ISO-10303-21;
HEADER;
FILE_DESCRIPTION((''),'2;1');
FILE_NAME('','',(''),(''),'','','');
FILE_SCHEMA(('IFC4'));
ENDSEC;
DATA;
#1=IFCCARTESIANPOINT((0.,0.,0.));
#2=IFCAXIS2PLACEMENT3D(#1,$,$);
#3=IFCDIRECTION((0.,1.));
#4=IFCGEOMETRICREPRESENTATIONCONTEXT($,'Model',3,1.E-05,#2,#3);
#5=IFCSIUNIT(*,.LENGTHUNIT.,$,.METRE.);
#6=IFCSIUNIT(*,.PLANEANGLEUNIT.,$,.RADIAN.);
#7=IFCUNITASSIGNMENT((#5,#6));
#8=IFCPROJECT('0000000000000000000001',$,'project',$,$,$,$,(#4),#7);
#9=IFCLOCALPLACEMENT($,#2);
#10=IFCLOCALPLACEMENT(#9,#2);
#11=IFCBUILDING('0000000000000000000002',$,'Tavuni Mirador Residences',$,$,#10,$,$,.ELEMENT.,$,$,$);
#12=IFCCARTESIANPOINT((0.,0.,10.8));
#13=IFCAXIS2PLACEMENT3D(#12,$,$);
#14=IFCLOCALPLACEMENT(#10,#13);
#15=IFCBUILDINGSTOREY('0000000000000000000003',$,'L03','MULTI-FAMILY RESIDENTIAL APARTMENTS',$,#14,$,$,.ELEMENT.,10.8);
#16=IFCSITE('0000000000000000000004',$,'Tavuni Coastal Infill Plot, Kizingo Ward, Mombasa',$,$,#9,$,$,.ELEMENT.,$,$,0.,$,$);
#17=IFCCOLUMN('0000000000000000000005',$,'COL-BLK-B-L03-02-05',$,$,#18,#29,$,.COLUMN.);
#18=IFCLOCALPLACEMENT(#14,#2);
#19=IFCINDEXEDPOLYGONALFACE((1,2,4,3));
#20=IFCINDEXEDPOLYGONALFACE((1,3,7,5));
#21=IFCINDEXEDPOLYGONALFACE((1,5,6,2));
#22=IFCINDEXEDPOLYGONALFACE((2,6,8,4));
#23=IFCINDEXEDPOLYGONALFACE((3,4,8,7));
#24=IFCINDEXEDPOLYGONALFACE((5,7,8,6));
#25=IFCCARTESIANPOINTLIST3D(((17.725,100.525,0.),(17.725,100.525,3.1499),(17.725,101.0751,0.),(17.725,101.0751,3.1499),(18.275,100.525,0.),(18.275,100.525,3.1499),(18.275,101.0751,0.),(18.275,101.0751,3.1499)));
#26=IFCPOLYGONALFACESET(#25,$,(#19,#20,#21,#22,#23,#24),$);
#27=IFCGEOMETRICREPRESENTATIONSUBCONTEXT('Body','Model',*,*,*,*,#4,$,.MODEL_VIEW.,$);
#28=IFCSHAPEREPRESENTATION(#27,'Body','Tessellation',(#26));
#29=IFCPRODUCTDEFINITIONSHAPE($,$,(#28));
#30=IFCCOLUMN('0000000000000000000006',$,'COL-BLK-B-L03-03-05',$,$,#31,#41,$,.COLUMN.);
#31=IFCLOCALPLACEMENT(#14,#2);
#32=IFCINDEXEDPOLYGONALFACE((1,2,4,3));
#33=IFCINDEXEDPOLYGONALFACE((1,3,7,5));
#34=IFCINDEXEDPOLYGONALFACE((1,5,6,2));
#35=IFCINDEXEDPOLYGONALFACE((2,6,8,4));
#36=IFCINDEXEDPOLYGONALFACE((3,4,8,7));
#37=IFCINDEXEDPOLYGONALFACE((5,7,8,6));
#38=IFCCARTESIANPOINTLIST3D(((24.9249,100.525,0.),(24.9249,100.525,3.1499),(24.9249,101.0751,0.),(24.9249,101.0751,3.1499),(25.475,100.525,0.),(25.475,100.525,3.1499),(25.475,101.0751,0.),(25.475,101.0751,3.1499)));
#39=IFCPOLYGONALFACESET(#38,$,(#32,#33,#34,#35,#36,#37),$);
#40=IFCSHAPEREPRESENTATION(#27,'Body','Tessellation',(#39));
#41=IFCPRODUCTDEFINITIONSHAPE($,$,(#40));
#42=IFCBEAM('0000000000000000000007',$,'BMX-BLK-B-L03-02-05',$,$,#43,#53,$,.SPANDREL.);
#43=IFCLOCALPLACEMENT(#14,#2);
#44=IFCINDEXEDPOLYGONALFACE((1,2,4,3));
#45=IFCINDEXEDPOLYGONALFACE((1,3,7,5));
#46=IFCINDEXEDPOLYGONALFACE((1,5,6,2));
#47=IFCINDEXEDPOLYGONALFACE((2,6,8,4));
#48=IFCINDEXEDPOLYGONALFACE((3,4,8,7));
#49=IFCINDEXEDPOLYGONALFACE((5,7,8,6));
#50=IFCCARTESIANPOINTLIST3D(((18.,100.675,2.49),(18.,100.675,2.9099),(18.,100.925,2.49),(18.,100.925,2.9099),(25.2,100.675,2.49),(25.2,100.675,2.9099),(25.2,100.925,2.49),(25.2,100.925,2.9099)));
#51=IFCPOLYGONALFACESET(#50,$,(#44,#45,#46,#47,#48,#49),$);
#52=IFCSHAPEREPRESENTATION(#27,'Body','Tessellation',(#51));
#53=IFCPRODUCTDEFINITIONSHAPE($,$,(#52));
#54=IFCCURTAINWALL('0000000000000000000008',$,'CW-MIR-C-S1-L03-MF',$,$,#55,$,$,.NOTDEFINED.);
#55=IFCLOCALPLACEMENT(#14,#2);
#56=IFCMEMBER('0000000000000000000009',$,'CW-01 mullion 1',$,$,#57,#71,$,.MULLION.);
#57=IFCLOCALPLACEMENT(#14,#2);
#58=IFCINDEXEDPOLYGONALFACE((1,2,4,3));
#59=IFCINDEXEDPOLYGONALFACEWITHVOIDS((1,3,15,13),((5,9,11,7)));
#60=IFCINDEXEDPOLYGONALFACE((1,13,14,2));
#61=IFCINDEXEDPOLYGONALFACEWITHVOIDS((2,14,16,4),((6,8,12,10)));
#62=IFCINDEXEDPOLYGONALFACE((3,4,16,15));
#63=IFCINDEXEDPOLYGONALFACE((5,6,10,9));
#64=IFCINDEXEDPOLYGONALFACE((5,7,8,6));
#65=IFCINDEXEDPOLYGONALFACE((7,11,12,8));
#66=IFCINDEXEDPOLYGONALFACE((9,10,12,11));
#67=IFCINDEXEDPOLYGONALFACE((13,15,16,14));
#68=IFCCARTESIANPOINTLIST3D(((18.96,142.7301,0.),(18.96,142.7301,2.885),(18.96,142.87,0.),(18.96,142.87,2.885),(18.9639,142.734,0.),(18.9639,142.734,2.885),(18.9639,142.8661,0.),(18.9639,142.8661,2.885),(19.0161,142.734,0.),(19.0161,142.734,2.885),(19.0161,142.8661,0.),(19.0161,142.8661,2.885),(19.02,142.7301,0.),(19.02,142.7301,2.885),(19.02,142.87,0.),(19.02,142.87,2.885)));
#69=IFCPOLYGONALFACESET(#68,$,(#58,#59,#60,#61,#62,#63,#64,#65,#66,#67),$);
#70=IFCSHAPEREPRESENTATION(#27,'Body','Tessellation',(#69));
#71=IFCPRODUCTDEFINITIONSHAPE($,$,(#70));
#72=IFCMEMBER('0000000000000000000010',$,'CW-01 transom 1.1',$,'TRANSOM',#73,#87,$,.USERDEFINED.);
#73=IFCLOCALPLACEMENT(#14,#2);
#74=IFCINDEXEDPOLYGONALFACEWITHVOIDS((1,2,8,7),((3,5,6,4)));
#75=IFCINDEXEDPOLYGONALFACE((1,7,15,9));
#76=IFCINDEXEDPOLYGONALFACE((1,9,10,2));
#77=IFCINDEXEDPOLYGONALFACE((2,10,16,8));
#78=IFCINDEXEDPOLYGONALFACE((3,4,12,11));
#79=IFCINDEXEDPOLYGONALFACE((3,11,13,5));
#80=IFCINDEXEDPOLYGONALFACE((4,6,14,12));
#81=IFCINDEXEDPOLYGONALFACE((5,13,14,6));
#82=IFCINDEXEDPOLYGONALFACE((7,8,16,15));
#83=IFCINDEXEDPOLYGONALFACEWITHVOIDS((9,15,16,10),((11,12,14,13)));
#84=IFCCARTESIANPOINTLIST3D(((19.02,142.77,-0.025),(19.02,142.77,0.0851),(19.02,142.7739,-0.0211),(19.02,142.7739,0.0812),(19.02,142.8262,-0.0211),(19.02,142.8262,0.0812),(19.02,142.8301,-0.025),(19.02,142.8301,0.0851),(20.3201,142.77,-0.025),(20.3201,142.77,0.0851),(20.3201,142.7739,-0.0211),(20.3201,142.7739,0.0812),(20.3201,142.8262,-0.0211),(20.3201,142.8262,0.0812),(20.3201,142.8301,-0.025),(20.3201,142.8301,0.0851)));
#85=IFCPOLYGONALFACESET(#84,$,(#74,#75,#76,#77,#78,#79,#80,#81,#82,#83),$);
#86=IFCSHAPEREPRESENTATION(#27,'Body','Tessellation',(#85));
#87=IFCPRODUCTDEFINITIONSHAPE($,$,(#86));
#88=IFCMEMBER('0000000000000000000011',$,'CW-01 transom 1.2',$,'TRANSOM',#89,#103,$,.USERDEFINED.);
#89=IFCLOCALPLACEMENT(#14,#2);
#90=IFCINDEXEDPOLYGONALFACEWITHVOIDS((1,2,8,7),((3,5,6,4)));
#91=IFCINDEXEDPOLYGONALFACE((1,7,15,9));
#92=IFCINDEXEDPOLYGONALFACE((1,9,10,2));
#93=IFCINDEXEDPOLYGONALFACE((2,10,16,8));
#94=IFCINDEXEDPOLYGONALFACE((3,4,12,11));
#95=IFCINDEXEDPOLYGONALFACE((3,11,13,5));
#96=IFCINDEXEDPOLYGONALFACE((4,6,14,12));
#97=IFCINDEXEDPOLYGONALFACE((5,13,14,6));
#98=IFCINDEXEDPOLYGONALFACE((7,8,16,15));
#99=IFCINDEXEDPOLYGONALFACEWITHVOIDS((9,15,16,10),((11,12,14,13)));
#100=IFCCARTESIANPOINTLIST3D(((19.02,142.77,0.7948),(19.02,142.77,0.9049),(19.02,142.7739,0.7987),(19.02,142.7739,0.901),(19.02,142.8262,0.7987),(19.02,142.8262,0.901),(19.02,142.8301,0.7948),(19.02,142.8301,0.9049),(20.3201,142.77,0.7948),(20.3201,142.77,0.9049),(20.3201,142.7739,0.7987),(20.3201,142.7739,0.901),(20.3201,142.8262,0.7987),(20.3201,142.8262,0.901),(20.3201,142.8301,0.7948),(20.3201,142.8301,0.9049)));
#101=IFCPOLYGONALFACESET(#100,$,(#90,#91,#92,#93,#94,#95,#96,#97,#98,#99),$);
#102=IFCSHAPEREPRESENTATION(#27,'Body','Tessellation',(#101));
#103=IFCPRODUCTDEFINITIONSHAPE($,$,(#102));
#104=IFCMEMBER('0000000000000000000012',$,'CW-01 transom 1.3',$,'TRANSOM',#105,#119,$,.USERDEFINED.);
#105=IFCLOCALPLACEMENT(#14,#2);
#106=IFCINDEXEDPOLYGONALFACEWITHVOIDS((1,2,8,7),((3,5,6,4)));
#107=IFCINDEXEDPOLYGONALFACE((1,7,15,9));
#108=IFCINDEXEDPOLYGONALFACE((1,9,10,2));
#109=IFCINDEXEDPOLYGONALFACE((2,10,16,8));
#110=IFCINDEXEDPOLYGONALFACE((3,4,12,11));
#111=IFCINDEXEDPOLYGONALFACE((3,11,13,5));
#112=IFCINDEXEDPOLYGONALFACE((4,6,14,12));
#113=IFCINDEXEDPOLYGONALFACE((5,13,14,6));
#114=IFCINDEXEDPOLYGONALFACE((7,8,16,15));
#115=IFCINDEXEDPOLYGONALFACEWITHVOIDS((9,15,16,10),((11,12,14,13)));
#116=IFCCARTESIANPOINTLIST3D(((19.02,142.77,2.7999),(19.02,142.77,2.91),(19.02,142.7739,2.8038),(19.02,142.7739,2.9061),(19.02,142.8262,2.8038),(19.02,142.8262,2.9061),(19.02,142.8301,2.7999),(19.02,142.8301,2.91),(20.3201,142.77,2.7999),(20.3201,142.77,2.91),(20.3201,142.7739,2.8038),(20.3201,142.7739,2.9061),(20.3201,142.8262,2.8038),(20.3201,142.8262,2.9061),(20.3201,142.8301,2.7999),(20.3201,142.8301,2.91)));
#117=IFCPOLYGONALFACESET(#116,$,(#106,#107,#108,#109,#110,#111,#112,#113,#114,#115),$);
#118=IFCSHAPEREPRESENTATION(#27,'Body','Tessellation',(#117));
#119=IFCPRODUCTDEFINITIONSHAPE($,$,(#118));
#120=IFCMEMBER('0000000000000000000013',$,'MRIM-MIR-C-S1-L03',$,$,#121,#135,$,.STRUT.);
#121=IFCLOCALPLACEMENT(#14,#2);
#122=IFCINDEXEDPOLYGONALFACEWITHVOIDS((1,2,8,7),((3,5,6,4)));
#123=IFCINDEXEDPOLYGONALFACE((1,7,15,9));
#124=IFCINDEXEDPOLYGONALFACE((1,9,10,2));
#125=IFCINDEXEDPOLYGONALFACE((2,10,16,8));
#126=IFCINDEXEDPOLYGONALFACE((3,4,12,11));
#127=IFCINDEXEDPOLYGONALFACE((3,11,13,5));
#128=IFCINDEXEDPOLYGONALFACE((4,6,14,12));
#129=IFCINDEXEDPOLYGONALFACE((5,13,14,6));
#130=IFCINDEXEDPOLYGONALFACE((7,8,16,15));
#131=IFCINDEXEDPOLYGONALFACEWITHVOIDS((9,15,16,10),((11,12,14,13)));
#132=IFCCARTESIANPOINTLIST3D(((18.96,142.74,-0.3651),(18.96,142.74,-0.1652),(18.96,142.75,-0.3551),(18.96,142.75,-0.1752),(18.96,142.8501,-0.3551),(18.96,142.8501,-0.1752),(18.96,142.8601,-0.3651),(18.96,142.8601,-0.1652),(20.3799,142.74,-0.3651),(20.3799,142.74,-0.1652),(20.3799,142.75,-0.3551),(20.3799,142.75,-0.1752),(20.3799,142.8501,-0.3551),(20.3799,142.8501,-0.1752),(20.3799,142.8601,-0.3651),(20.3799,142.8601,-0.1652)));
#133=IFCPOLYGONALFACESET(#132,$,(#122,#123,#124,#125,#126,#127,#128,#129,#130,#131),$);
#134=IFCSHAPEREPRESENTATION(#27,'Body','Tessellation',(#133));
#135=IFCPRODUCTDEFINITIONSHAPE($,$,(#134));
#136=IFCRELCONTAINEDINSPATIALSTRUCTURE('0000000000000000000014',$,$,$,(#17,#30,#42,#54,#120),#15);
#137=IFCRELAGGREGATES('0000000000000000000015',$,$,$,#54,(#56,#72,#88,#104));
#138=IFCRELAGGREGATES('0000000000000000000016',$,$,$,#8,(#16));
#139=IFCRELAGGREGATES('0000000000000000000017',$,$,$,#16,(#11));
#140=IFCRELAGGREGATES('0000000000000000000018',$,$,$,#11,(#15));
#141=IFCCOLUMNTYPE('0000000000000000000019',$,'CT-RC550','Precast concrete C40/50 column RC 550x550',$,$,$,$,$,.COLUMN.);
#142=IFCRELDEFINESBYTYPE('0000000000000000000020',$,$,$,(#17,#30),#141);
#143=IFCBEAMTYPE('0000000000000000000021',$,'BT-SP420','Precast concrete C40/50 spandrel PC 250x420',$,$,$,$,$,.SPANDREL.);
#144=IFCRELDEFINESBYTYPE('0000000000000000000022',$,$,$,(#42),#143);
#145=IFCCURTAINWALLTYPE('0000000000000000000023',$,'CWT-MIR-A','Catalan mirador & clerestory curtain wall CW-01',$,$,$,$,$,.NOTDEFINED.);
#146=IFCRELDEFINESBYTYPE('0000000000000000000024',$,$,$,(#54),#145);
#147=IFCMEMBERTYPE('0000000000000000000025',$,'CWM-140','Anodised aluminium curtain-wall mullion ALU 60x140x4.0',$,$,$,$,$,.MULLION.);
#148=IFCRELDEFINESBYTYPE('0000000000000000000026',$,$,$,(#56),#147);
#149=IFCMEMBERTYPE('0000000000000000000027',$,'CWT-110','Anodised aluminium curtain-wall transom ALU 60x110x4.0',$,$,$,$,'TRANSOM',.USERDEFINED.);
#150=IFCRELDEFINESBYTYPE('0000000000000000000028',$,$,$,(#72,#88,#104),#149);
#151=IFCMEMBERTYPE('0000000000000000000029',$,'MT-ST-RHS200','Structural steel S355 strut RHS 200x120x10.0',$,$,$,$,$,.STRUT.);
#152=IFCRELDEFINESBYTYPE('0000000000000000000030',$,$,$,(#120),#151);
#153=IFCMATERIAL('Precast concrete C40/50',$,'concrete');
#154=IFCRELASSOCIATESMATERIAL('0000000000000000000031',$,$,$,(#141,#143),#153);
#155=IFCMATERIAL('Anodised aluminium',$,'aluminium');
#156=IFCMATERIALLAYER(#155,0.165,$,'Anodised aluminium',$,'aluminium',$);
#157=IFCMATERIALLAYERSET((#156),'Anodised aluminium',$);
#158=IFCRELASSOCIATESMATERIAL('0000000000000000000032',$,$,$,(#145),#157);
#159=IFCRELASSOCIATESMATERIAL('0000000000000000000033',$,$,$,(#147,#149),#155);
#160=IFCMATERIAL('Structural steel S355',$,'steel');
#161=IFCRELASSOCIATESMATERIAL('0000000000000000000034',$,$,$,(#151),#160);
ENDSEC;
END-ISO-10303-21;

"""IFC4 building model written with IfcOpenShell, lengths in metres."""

from ifc_helpers import new_model, si_unit, direction, frame, origin, origin_2d, place, context, subcontext, project, spatial, rectangle, hollow_rectangle, extrude, material, layer, layer_set, material_profile, profile_set, type_object, element, aggregate, save


model = new_model("IFC4")

# Units and contexts
model_context = context("Model", 3, precision=1e-05, world=origin(), true_north=direction((0.0, 1.0)))
body_context = subcontext(model_context, "Body", "Model", "MODEL_VIEW")
ifc_project = project(units=[si_unit("LENGTHUNIT", "METRE"), si_unit("PLANEANGLEUNIT", "RADIAN")], contexts=[model_context])

# Site, building, storey
site_placement = place(None, origin())
site = spatial("IfcSite", under=ifc_project, at=site_placement, Name="Tavuni Coastal Infill Plot, Kizingo Ward, Mombasa", CompositionType="ELEMENT", RefElevation=0.0)
building_placement = place(site_placement, origin())
building = spatial("IfcBuilding", under=site, at=building_placement, Name="Tavuni Mirador Residences", CompositionType="ELEMENT")
storey_placement = place(building_placement, frame((0.0, 0.0, 10.8)))
storey = spatial("IfcBuildingStorey", under=building, at=storey_placement, Name="L03", Description="MULTI-FAMILY RESIDENTIAL APARTMENTS", CompositionType="ELEMENT", Elevation=10.8)

# Columns
ifc_material_1 = material(Name="Precast concrete C40/50", Category="concrete")
ifc_material_profile_1 = material_profile(ifc_material_1, rectangle(XDim=0.55, YDim=0.55, at=origin_2d()), Name="RC 550x550", Category="concrete")
ifc_profile_set_1 = profile_set([ifc_material_profile_1], Name="Precast concrete C40/50")
column_type = type_object("IfcColumnType", Name="CT-RC550", Description="Precast concrete C40/50 column RC 550x550", PredefinedType="COLUMN", material=ifc_profile_set_1)
for number, where, z_axis, x_axis, name in (
    (1, (18.0, 100.8, 0.0), (0.0, 0.0, 1.0), (1.0, 0.0, 0.0), "COL-BLK-B-L03-02-05"),
    (2, (25.2, 100.8, 0.0), (0.0, 0.0, 1.0), (1.0, 0.0, 0.0), "COL-BLK-B-L03-03-05"),
):
    element("IfcColumn", number, at=place(storey_placement, frame(where, z_axis=z_axis, x_axis=x_axis)), inside=storey, type_object=column_type, Name=name, PredefinedType="COLUMN", context=body_context, shape_type="SweptSolid", body=[
        extrude(rectangle(XDim=0.55, YDim=0.55, at=origin_2d()), origin(), (0.0, 0.0, 1.0), 3.1499),
    ])

# Beam
ifc_material_profile_2 = material_profile(ifc_material_1, rectangle(XDim=0.25, YDim=0.4199, at=origin_2d()), Name="PC 250x420", Category="concrete")
ifc_profile_set_2 = profile_set([ifc_material_profile_2], Name="Precast concrete C40/50")
beam_type = type_object("IfcBeamType", Name="BT-SP420", Description="Precast concrete C40/50 spandrel PC 250x420", PredefinedType="SPANDREL", material=ifc_profile_set_2)
beam_placement = place(storey_placement, frame((18.0, 100.8, 2.7), z_axis=(1.0, 0.0, 0.0), x_axis=(0.0, 1.0, 0.0)))
element("IfcBeam", 3, at=beam_placement, inside=storey, type_object=beam_type, Name="BMX-BLK-B-L03-02-05", PredefinedType="SPANDREL", context=body_context, shape_type="SweptSolid", body=[
    extrude(rectangle(XDim=0.25, YDim=0.4199, at=origin_2d()), origin(), (0.0, 0.0, 1.0), 7.2),
])

# Curtain wall, members
ifc_material_2 = material(Name="Anodised aluminium", Category="aluminium")
ifc_layer_1 = layer(ifc_material_2, 0.165, Name="Anodised aluminium", Category="aluminium")
ifc_layer_set_1 = layer_set([ifc_layer_1], Name="Anodised aluminium")
curtain_wall_type = type_object("IfcCurtainWallType", Name="CWT-MIR-A", Description="Catalan mirador & clerestory curtain wall CW-01", PredefinedType="NOTDEFINED", material=ifc_layer_set_1)
curtain_wall_placement = place(storey_placement, origin())
curtain_wall = element("IfcCurtainWall", 4, at=curtain_wall_placement, inside=storey, type_object=curtain_wall_type, Name="CW-MIR-C-S1-L03-MF", PredefinedType="NOTDEFINED")
ifc_material_profile_3 = material_profile(ifc_material_2, hollow_rectangle(XDim=0.0601, YDim=0.1399, WallThickness=0.0039, at=origin_2d()), Name="ALU 60x140x4.0", Category="aluminium")
ifc_profile_set_3 = profile_set([ifc_material_profile_3], Name="Anodised aluminium")
member_type_1 = type_object("IfcMemberType", Name="CWM-140", Description="Anodised aluminium curtain-wall mullion ALU 60x140x4.0", PredefinedType="MULLION", material=ifc_profile_set_3)
member_1_placement = place(storey_placement, frame((18.99, 142.8, 0.0), z_axis=(0.0, 0.0, 1.0), x_axis=(1.0, 0.0, 0.0)))
member_1 = element("IfcMember", 5, at=member_1_placement, type_object=member_type_1, Name="CW-01 mullion 1", PredefinedType="MULLION", context=body_context, shape_type="SweptSolid", body=[
    extrude(hollow_rectangle(XDim=0.0601, YDim=0.1399, WallThickness=0.0039, at=origin_2d()), origin(), (0.0, 0.0, 1.0), 2.885),
])
ifc_material_profile_4 = material_profile(ifc_material_2, hollow_rectangle(XDim=0.0601, YDim=0.1101, WallThickness=0.0039, at=origin_2d()), Name="ALU 60x110x4.0", Category="aluminium")
ifc_profile_set_4 = profile_set([ifc_material_profile_4], Name="Anodised aluminium")
member_type_2 = type_object("IfcMemberType", Name="CWT-110", Description="Anodised aluminium curtain-wall transom ALU 60x110x4.0", ElementType="TRANSOM", PredefinedType="USERDEFINED", material=ifc_profile_set_4)
member_2_placement = place(storey_placement, frame((19.02, 142.8, 0.03), z_axis=(1.0, 0.0, 0.0), x_axis=(0.0, 1.0, 0.0)))
member_2 = element("IfcMember", 6, at=member_2_placement, type_object=member_type_2, Name="CW-01 transom 1.1", ObjectType="TRANSOM", PredefinedType="USERDEFINED", context=body_context, shape_type="SweptSolid", body=[
    extrude(hollow_rectangle(XDim=0.0601, YDim=0.1101, WallThickness=0.0039, at=origin_2d()), origin(), (0.0, 0.0, 1.0), 1.3),
])
member_3_placement = place(storey_placement, frame((19.02, 142.8, 0.8499), z_axis=(1.0, 0.0, 0.0), x_axis=(0.0, 1.0, 0.0)))
member_3 = element("IfcMember", 7, at=member_3_placement, type_object=member_type_2, Name="CW-01 transom 1.2", ObjectType="TRANSOM", PredefinedType="USERDEFINED", context=body_context, shape_type="SweptSolid", body=[
    extrude(hollow_rectangle(XDim=0.0601, YDim=0.1101, WallThickness=0.0039, at=origin_2d()), origin(), (0.0, 0.0, 1.0), 1.3),
])
member_4_placement = place(storey_placement, frame((19.02, 142.8, 2.855), z_axis=(1.0, 0.0, 0.0), x_axis=(0.0, 1.0, 0.0)))
member_4 = element("IfcMember", 8, at=member_4_placement, type_object=member_type_2, Name="CW-01 transom 1.3", ObjectType="TRANSOM", PredefinedType="USERDEFINED", context=body_context, shape_type="SweptSolid", body=[
    extrude(hollow_rectangle(XDim=0.0601, YDim=0.1101, WallThickness=0.0039, at=origin_2d()), origin(), (0.0, 0.0, 1.0), 1.3),
])
aggregate(curtain_wall, [member_1, member_2, member_3, member_4])

# Member
ifc_material_3 = material(Name="Structural steel S355", Category="steel")
ifc_material_profile_5 = material_profile(ifc_material_3, hollow_rectangle(XDim=0.1201, YDim=0.2, WallThickness=0.01, at=origin_2d()), Name="RHS 200x120x10.0", Category="steel")
ifc_profile_set_5 = profile_set([ifc_material_profile_5], Name="Structural steel S355")
member_type_3 = type_object("IfcMemberType", Name="MT-ST-RHS200", Description="Structural steel S355 strut RHS 200x120x10.0", PredefinedType="STRUT", material=ifc_profile_set_5)
member_5_placement = place(storey_placement, frame((18.96, 142.8, -0.2651), z_axis=(1.0, 0.0, 0.0), x_axis=(0.0, 1.0, 0.0)))
element("IfcMember", 9, at=member_5_placement, inside=storey, type_object=member_type_3, Name="MRIM-MIR-C-S1-L03", PredefinedType="STRUT", context=body_context, shape_type="SweptSolid", body=[
    extrude(hollow_rectangle(XDim=0.1201, YDim=0.2, WallThickness=0.01, at=origin_2d()), origin(), (0.0, 0.0, 1.0), 1.4199),
])

save(model, "model.ifc")
